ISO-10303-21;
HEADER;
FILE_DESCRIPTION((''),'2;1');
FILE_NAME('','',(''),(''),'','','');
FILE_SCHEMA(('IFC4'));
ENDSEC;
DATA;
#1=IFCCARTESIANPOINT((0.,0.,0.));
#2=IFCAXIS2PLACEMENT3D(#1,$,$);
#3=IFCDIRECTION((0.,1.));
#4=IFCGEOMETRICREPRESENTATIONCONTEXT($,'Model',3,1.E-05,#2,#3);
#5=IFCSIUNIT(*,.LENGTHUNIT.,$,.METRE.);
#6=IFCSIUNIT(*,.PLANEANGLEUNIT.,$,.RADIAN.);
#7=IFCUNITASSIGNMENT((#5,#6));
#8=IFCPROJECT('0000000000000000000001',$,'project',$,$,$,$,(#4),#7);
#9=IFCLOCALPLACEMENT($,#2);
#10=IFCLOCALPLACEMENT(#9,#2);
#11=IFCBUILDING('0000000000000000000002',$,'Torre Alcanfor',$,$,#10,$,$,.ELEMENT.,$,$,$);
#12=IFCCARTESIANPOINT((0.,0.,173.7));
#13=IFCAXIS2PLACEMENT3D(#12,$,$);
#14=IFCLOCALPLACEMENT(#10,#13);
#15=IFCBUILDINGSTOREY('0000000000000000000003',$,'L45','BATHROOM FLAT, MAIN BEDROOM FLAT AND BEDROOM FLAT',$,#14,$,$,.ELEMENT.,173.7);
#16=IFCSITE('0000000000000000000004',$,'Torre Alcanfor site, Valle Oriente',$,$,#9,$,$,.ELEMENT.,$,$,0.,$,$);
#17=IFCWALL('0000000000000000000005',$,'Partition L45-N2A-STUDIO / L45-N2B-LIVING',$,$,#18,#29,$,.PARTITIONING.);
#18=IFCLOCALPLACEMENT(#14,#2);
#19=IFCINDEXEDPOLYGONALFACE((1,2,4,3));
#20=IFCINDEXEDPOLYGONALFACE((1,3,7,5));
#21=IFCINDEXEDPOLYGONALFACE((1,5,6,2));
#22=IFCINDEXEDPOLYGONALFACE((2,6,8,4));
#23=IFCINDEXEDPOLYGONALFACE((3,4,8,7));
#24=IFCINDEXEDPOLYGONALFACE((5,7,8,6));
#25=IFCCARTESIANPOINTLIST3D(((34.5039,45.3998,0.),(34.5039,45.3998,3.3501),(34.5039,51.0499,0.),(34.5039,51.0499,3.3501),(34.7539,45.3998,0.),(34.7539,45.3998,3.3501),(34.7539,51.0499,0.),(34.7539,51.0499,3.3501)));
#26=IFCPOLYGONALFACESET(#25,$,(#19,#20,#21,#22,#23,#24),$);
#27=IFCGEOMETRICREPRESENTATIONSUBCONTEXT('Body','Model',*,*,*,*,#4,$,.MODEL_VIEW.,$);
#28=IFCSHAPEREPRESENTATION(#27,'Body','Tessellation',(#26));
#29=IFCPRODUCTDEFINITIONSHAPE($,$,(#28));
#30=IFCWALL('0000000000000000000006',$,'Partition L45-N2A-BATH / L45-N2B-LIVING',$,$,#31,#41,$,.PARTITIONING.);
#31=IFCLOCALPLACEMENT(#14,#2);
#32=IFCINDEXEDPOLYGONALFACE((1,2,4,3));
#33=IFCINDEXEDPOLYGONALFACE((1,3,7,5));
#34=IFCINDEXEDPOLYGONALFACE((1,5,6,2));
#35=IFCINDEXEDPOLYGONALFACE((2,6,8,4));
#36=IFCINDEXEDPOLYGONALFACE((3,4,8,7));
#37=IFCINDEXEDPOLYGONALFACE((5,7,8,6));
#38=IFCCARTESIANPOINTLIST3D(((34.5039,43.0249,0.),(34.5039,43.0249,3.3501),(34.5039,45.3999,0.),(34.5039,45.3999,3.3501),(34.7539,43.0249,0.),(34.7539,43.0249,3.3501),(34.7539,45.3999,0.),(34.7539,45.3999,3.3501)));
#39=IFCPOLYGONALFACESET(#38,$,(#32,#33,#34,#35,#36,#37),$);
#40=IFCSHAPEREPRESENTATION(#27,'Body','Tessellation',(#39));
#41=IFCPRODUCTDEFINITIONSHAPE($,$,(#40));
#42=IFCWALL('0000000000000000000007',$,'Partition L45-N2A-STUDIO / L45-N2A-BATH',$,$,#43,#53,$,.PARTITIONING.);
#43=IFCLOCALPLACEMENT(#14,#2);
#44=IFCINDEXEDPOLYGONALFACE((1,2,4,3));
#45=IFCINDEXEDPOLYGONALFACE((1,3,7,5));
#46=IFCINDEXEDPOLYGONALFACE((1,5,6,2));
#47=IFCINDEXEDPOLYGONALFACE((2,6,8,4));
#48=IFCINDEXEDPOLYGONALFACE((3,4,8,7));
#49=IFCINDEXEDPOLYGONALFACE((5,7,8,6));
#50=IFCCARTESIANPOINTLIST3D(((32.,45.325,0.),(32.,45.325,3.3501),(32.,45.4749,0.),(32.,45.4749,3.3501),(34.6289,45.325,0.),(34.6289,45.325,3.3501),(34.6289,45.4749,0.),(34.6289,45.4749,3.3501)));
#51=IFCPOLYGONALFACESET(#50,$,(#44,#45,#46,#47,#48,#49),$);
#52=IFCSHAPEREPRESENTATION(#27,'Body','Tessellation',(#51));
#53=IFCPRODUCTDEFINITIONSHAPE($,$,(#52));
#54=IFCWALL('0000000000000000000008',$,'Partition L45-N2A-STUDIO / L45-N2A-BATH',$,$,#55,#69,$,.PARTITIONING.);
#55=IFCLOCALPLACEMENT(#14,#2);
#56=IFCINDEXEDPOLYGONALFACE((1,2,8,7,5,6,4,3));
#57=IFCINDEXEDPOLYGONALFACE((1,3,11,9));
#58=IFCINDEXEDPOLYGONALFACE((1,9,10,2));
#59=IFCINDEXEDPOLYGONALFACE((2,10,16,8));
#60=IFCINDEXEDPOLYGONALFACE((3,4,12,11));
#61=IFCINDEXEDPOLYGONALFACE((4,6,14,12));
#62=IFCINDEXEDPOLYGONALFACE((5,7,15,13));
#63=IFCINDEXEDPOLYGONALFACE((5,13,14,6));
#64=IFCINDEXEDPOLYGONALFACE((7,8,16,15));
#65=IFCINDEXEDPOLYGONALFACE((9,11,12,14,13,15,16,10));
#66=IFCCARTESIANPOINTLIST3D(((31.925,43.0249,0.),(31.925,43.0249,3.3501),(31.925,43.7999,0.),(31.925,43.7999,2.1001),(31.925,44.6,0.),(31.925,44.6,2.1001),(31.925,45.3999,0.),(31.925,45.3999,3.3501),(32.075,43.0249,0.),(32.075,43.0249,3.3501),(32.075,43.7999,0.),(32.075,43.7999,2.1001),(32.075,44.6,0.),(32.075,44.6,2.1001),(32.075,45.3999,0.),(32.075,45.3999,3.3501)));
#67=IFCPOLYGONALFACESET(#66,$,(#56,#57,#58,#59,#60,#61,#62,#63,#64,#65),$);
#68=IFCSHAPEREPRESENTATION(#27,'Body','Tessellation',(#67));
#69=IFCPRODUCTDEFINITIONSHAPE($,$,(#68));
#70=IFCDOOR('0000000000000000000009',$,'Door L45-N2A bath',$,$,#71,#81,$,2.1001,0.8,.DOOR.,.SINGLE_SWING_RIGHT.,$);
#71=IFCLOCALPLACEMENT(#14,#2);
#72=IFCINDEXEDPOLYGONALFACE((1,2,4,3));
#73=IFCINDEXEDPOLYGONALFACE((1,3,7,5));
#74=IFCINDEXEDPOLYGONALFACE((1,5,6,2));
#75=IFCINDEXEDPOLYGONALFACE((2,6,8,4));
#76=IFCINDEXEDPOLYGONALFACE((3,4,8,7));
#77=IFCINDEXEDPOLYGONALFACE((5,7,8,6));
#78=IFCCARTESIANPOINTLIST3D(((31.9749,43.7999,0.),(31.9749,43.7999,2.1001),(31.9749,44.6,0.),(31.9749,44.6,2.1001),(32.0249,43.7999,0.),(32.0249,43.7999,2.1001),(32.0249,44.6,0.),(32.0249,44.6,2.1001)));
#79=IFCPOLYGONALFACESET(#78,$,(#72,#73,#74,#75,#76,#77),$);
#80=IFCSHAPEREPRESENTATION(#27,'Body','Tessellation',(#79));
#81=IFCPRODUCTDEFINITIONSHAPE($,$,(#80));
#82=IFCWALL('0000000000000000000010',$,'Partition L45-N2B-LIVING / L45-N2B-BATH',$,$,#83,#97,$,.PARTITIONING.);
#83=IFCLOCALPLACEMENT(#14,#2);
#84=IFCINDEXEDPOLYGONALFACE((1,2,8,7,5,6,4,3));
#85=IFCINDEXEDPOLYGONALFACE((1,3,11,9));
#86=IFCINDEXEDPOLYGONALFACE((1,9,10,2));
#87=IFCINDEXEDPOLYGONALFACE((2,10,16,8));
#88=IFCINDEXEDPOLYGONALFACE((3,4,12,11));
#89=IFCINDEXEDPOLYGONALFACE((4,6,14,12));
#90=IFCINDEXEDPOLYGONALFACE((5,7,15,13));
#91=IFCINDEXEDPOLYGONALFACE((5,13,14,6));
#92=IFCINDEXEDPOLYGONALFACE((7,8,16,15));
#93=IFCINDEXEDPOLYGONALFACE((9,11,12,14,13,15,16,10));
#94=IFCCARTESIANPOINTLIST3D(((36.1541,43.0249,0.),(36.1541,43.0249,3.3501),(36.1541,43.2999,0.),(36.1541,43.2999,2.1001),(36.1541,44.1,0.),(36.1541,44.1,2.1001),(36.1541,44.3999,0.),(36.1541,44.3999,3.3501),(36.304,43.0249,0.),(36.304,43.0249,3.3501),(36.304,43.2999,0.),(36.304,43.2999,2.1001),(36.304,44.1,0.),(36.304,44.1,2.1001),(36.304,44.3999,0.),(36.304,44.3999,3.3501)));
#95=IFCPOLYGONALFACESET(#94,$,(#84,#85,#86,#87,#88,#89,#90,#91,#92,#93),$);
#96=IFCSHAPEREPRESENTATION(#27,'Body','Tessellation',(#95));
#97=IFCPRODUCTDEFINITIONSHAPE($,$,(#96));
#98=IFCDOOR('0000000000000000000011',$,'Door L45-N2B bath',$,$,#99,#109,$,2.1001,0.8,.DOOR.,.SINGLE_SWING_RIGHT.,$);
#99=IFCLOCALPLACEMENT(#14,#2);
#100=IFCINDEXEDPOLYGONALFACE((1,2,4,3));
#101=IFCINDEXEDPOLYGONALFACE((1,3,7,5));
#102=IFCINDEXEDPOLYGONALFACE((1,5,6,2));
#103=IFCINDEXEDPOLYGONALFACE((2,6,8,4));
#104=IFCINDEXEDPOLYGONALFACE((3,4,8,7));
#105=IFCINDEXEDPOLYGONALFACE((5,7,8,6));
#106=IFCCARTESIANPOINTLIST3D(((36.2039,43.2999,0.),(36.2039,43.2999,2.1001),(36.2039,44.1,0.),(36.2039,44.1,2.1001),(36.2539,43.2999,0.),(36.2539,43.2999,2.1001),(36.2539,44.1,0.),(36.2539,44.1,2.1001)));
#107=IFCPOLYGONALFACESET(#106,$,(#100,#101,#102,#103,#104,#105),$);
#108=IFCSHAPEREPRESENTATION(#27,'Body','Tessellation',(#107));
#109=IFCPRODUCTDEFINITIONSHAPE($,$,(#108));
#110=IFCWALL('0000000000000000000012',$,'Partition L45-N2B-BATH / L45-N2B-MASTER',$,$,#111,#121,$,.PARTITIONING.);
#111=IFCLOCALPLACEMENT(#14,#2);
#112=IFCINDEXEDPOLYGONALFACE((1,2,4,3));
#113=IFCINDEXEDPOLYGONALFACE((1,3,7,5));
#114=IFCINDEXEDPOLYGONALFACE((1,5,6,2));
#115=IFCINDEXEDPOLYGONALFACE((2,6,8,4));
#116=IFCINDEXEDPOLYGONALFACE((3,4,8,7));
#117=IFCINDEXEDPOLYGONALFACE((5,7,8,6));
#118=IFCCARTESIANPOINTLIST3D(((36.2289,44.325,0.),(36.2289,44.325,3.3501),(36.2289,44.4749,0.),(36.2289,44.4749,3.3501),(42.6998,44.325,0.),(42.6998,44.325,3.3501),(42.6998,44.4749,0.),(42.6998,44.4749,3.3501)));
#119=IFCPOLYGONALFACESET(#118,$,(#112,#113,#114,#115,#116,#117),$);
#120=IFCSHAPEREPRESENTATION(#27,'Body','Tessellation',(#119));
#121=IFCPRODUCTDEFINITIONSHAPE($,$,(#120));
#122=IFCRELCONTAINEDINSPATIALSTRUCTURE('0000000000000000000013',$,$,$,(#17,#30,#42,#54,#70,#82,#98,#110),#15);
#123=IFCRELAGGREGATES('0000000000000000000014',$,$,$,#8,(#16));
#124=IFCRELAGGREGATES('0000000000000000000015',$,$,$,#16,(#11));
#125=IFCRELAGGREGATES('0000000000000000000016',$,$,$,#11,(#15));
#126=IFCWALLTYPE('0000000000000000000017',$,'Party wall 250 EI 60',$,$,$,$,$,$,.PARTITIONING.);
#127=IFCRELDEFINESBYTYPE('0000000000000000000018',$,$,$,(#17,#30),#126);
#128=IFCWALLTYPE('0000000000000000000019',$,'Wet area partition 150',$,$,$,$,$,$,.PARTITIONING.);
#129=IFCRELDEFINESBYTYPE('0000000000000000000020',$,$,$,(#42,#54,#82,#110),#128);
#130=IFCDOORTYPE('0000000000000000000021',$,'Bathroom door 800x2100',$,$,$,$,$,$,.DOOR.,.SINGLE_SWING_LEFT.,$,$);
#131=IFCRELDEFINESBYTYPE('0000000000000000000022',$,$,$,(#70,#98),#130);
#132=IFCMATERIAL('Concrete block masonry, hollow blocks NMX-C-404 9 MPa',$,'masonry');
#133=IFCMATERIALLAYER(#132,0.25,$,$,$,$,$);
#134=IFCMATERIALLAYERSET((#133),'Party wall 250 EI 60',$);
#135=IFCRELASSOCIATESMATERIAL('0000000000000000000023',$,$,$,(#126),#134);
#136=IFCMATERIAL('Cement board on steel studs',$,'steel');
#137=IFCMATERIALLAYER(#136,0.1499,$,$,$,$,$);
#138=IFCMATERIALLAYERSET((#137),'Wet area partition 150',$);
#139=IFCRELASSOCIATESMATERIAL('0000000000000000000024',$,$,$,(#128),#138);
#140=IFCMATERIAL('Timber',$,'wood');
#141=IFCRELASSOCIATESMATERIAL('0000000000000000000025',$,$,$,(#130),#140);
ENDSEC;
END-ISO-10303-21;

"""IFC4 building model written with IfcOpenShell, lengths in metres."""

from ifc_helpers import new_model, si_unit, direction, frame, frame_2d, origin, place, context, subcontext, project, spatial, rectangle, extrude, material, layer, layer_set, type_object, element, fill, save


model = new_model("IFC4")

# Units and contexts
model_context = context("Model", 3, precision=1e-05, world=origin(), true_north=direction((0.0, 1.0)))
body_context = subcontext(model_context, "Body", "Model", "MODEL_VIEW")
ifc_project = project(units=[si_unit("LENGTHUNIT", "METRE"), si_unit("PLANEANGLEUNIT", "RADIAN")], contexts=[model_context])

# Site, building, storey
site_placement = place(None, origin())
site = spatial("IfcSite", under=ifc_project, at=site_placement, Name="Torre Alcanfor site, Valle Oriente", CompositionType="ELEMENT", RefElevation=0.0)
building_placement = place(site_placement, origin())
building = spatial("IfcBuilding", under=site, at=building_placement, Name="Torre Alcanfor", CompositionType="ELEMENT")
storey_placement = place(building_placement, frame((0.0, 0.0, 173.7)))
storey = spatial("IfcBuildingStorey", under=building, at=storey_placement, Name="L45", Description="BATHROOM FLAT, MAIN BEDROOM FLAT AND BEDROOM FLAT", CompositionType="ELEMENT", Elevation=173.7)

# Walls
ifc_material_1 = material(Name="Concrete block masonry, hollow blocks NMX-C-404 9 MPa", Category="masonry")
ifc_layer_1 = layer(ifc_material_1, 0.25)
ifc_layer_set_1 = layer_set([ifc_layer_1], Name="Party wall 250 EI 60")
wall_type_1 = type_object("IfcWallType", Name="Party wall 250 EI 60", PredefinedType="PARTITIONING", material=ifc_layer_set_1)
wall_1_placement = place(storey_placement, frame((34.6289, 51.05, 0.0), z_axis=(0.0, 0.0, 1.0), x_axis=(0.0, -1.0, 0.0)))
element("IfcWall", 1, at=wall_1_placement, inside=storey, type_object=wall_type_1, Name="Partition L45-N2A-STUDIO / L45-N2B-LIVING", PredefinedType="PARTITIONING", context=body_context, shape_type="SweptSolid", body=[
    extrude(rectangle(XDim=5.6501, YDim=0.25, at=frame_2d((2.8252, 0.0))), origin(), (0.0, 0.0, 1.0), 3.3501),
])
wall_2_placement = place(storey_placement, frame((34.6289, 45.3999, 0.0), z_axis=(0.0, 0.0, 1.0), x_axis=(0.0, -1.0, 0.0)))
element("IfcWall", 2, at=wall_2_placement, inside=storey, type_object=wall_type_1, Name="Partition L45-N2A-BATH / L45-N2B-LIVING", PredefinedType="PARTITIONING", context=body_context, shape_type="SweptSolid", body=[
    extrude(rectangle(XDim=2.375, YDim=0.25, at=frame_2d((1.1875, 0.0))), origin(), (0.0, 0.0, 1.0), 3.3501),
])
ifc_material_2 = material(Name="Cement board on steel studs", Category="steel")
ifc_layer_2 = layer(ifc_material_2, 0.1499)
ifc_layer_set_2 = layer_set([ifc_layer_2], Name="Wet area partition 150")
wall_type_2 = type_object("IfcWallType", Name="Wet area partition 150", PredefinedType="PARTITIONING", material=ifc_layer_set_2)
wall_3_placement = place(storey_placement, frame((34.6289, 45.3999, 0.0), z_axis=(0.0, 0.0, 1.0), x_axis=(-1.0, 0.0, 0.0)))
element("IfcWall", 3, at=wall_3_placement, inside=storey, type_object=wall_type_2, Name="Partition L45-N2A-STUDIO / L45-N2A-BATH", PredefinedType="PARTITIONING", context=body_context, shape_type="SweptSolid", body=[
    extrude(rectangle(XDim=2.6289, YDim=0.1499, at=frame_2d((1.3145, 0.0))), origin(), (0.0, 0.0, 1.0), 3.3501),
])

# Walls, openings, doors
wall_4_placement = place(storey_placement, frame((32.0, 45.3999, 0.0), z_axis=(0.0, 0.0, 1.0), x_axis=(0.0, -1.0, 0.0)))
wall_4 = element("IfcWall", 4, at=wall_4_placement, inside=storey, type_object=wall_type_2, Name="Partition L45-N2A-STUDIO / L45-N2A-BATH", PredefinedType="PARTITIONING", context=body_context, shape_type="SweptSolid", body=[
    extrude(rectangle(XDim=2.375, YDim=0.1499, at=frame_2d((1.1875, 0.0))), origin(), (0.0, 0.0, 1.0), 3.3501),
])
opening_1_placement = place(wall_4_placement, frame((0.8, 0.0, 0.0)))
opening_1 = element("IfcOpeningElement", 5, at=opening_1_placement, cuts=wall_4, PredefinedType="OPENING", context=body_context, shape_type="SweptSolid", body=[
    extrude(rectangle(XDim=0.8, YDim=2.1001, at=frame_2d((0.3999, 1.05))), frame((0.0, 0.085, 0.0), z_axis=(0.0, -1.0, 0.0), x_axis=(1.0, 0.0, 0.0)), (0.0, 0.0, 1.0), 0.1699),
])
ifc_material_3 = material(Name="Timber", Category="wood")
door_type_1 = type_object("IfcDoorType", Name="Bathroom door 800x2100", OperationType="SINGLE_SWING_LEFT", PredefinedType="DOOR", material=ifc_material_3)
door_1_placement = place(opening_1_placement, origin())
door_1 = element("IfcDoor", 6, at=door_1_placement, inside=storey, type_object=door_type_1, Name="Door L45-N2A bath", OperationType="SINGLE_SWING_RIGHT", OverallHeight=2.1001, OverallWidth=0.8, PredefinedType="DOOR", context=body_context, shape_type="SweptSolid", body=[
    extrude(rectangle(XDim=0.8, YDim=2.1001, at=frame_2d((0.3999, 1.05))), frame((0.0, 0.0249, 0.0), z_axis=(0.0, -1.0, 0.0), x_axis=(1.0, 0.0, 0.0)), (0.0, 0.0, 1.0), 0.05),
])
fill(opening_1, door_1)
wall_5_placement = place(storey_placement, frame((36.229, 44.3999, 0.0), z_axis=(0.0, 0.0, 1.0), x_axis=(0.0, -1.0, 0.0)))
wall_5 = element("IfcWall", 7, at=wall_5_placement, inside=storey, type_object=wall_type_2, Name="Partition L45-N2B-LIVING / L45-N2B-BATH", PredefinedType="PARTITIONING", context=body_context, shape_type="SweptSolid", body=[
    extrude(rectangle(XDim=1.375, YDim=0.1499, at=frame_2d((0.6875, 0.0))), origin(), (0.0, 0.0, 1.0), 3.3501),
])
opening_2_placement = place(wall_5_placement, frame((0.3, 0.0, 0.0)))
opening_2 = element("IfcOpeningElement", 8, at=opening_2_placement, cuts=wall_5, PredefinedType="OPENING", context=body_context, shape_type="SweptSolid", body=[
    extrude(rectangle(XDim=0.8, YDim=2.1001, at=frame_2d((0.3999, 1.05))), frame((0.0, 0.085, 0.0), z_axis=(0.0, -1.0, 0.0), x_axis=(1.0, 0.0, 0.0)), (0.0, 0.0, 1.0), 0.1699),
])
door_2_placement = place(opening_2_placement, origin())
door_2 = element("IfcDoor", 9, at=door_2_placement, inside=storey, type_object=door_type_1, Name="Door L45-N2B bath", OperationType="SINGLE_SWING_RIGHT", OverallHeight=2.1001, OverallWidth=0.8, PredefinedType="DOOR", context=body_context, shape_type="SweptSolid", body=[
    extrude(rectangle(XDim=0.8, YDim=2.1001, at=frame_2d((0.3999, 1.05))), frame((0.0, 0.0249, 0.0), z_axis=(0.0, -1.0, 0.0), x_axis=(1.0, 0.0, 0.0)), (0.0, 0.0, 1.0), 0.05),
])
fill(opening_2, door_2)

# Wall
wall_6_placement = place(storey_placement, frame((36.229, 44.3999, 0.0), z_axis=(0.0, 0.0, 1.0), x_axis=(1.0, 0.0, 0.0)))
element("IfcWall", 10, at=wall_6_placement, inside=storey, type_object=wall_type_2, Name="Partition L45-N2B-BATH / L45-N2B-MASTER", PredefinedType="PARTITIONING", context=body_context, shape_type="SweptSolid", body=[
    extrude(rectangle(XDim=6.4709, YDim=0.1499, at=frame_2d((3.2354, 0.0))), origin(), (0.0, 0.0, 1.0), 3.3501),
])

save(model, "model.ifc")
